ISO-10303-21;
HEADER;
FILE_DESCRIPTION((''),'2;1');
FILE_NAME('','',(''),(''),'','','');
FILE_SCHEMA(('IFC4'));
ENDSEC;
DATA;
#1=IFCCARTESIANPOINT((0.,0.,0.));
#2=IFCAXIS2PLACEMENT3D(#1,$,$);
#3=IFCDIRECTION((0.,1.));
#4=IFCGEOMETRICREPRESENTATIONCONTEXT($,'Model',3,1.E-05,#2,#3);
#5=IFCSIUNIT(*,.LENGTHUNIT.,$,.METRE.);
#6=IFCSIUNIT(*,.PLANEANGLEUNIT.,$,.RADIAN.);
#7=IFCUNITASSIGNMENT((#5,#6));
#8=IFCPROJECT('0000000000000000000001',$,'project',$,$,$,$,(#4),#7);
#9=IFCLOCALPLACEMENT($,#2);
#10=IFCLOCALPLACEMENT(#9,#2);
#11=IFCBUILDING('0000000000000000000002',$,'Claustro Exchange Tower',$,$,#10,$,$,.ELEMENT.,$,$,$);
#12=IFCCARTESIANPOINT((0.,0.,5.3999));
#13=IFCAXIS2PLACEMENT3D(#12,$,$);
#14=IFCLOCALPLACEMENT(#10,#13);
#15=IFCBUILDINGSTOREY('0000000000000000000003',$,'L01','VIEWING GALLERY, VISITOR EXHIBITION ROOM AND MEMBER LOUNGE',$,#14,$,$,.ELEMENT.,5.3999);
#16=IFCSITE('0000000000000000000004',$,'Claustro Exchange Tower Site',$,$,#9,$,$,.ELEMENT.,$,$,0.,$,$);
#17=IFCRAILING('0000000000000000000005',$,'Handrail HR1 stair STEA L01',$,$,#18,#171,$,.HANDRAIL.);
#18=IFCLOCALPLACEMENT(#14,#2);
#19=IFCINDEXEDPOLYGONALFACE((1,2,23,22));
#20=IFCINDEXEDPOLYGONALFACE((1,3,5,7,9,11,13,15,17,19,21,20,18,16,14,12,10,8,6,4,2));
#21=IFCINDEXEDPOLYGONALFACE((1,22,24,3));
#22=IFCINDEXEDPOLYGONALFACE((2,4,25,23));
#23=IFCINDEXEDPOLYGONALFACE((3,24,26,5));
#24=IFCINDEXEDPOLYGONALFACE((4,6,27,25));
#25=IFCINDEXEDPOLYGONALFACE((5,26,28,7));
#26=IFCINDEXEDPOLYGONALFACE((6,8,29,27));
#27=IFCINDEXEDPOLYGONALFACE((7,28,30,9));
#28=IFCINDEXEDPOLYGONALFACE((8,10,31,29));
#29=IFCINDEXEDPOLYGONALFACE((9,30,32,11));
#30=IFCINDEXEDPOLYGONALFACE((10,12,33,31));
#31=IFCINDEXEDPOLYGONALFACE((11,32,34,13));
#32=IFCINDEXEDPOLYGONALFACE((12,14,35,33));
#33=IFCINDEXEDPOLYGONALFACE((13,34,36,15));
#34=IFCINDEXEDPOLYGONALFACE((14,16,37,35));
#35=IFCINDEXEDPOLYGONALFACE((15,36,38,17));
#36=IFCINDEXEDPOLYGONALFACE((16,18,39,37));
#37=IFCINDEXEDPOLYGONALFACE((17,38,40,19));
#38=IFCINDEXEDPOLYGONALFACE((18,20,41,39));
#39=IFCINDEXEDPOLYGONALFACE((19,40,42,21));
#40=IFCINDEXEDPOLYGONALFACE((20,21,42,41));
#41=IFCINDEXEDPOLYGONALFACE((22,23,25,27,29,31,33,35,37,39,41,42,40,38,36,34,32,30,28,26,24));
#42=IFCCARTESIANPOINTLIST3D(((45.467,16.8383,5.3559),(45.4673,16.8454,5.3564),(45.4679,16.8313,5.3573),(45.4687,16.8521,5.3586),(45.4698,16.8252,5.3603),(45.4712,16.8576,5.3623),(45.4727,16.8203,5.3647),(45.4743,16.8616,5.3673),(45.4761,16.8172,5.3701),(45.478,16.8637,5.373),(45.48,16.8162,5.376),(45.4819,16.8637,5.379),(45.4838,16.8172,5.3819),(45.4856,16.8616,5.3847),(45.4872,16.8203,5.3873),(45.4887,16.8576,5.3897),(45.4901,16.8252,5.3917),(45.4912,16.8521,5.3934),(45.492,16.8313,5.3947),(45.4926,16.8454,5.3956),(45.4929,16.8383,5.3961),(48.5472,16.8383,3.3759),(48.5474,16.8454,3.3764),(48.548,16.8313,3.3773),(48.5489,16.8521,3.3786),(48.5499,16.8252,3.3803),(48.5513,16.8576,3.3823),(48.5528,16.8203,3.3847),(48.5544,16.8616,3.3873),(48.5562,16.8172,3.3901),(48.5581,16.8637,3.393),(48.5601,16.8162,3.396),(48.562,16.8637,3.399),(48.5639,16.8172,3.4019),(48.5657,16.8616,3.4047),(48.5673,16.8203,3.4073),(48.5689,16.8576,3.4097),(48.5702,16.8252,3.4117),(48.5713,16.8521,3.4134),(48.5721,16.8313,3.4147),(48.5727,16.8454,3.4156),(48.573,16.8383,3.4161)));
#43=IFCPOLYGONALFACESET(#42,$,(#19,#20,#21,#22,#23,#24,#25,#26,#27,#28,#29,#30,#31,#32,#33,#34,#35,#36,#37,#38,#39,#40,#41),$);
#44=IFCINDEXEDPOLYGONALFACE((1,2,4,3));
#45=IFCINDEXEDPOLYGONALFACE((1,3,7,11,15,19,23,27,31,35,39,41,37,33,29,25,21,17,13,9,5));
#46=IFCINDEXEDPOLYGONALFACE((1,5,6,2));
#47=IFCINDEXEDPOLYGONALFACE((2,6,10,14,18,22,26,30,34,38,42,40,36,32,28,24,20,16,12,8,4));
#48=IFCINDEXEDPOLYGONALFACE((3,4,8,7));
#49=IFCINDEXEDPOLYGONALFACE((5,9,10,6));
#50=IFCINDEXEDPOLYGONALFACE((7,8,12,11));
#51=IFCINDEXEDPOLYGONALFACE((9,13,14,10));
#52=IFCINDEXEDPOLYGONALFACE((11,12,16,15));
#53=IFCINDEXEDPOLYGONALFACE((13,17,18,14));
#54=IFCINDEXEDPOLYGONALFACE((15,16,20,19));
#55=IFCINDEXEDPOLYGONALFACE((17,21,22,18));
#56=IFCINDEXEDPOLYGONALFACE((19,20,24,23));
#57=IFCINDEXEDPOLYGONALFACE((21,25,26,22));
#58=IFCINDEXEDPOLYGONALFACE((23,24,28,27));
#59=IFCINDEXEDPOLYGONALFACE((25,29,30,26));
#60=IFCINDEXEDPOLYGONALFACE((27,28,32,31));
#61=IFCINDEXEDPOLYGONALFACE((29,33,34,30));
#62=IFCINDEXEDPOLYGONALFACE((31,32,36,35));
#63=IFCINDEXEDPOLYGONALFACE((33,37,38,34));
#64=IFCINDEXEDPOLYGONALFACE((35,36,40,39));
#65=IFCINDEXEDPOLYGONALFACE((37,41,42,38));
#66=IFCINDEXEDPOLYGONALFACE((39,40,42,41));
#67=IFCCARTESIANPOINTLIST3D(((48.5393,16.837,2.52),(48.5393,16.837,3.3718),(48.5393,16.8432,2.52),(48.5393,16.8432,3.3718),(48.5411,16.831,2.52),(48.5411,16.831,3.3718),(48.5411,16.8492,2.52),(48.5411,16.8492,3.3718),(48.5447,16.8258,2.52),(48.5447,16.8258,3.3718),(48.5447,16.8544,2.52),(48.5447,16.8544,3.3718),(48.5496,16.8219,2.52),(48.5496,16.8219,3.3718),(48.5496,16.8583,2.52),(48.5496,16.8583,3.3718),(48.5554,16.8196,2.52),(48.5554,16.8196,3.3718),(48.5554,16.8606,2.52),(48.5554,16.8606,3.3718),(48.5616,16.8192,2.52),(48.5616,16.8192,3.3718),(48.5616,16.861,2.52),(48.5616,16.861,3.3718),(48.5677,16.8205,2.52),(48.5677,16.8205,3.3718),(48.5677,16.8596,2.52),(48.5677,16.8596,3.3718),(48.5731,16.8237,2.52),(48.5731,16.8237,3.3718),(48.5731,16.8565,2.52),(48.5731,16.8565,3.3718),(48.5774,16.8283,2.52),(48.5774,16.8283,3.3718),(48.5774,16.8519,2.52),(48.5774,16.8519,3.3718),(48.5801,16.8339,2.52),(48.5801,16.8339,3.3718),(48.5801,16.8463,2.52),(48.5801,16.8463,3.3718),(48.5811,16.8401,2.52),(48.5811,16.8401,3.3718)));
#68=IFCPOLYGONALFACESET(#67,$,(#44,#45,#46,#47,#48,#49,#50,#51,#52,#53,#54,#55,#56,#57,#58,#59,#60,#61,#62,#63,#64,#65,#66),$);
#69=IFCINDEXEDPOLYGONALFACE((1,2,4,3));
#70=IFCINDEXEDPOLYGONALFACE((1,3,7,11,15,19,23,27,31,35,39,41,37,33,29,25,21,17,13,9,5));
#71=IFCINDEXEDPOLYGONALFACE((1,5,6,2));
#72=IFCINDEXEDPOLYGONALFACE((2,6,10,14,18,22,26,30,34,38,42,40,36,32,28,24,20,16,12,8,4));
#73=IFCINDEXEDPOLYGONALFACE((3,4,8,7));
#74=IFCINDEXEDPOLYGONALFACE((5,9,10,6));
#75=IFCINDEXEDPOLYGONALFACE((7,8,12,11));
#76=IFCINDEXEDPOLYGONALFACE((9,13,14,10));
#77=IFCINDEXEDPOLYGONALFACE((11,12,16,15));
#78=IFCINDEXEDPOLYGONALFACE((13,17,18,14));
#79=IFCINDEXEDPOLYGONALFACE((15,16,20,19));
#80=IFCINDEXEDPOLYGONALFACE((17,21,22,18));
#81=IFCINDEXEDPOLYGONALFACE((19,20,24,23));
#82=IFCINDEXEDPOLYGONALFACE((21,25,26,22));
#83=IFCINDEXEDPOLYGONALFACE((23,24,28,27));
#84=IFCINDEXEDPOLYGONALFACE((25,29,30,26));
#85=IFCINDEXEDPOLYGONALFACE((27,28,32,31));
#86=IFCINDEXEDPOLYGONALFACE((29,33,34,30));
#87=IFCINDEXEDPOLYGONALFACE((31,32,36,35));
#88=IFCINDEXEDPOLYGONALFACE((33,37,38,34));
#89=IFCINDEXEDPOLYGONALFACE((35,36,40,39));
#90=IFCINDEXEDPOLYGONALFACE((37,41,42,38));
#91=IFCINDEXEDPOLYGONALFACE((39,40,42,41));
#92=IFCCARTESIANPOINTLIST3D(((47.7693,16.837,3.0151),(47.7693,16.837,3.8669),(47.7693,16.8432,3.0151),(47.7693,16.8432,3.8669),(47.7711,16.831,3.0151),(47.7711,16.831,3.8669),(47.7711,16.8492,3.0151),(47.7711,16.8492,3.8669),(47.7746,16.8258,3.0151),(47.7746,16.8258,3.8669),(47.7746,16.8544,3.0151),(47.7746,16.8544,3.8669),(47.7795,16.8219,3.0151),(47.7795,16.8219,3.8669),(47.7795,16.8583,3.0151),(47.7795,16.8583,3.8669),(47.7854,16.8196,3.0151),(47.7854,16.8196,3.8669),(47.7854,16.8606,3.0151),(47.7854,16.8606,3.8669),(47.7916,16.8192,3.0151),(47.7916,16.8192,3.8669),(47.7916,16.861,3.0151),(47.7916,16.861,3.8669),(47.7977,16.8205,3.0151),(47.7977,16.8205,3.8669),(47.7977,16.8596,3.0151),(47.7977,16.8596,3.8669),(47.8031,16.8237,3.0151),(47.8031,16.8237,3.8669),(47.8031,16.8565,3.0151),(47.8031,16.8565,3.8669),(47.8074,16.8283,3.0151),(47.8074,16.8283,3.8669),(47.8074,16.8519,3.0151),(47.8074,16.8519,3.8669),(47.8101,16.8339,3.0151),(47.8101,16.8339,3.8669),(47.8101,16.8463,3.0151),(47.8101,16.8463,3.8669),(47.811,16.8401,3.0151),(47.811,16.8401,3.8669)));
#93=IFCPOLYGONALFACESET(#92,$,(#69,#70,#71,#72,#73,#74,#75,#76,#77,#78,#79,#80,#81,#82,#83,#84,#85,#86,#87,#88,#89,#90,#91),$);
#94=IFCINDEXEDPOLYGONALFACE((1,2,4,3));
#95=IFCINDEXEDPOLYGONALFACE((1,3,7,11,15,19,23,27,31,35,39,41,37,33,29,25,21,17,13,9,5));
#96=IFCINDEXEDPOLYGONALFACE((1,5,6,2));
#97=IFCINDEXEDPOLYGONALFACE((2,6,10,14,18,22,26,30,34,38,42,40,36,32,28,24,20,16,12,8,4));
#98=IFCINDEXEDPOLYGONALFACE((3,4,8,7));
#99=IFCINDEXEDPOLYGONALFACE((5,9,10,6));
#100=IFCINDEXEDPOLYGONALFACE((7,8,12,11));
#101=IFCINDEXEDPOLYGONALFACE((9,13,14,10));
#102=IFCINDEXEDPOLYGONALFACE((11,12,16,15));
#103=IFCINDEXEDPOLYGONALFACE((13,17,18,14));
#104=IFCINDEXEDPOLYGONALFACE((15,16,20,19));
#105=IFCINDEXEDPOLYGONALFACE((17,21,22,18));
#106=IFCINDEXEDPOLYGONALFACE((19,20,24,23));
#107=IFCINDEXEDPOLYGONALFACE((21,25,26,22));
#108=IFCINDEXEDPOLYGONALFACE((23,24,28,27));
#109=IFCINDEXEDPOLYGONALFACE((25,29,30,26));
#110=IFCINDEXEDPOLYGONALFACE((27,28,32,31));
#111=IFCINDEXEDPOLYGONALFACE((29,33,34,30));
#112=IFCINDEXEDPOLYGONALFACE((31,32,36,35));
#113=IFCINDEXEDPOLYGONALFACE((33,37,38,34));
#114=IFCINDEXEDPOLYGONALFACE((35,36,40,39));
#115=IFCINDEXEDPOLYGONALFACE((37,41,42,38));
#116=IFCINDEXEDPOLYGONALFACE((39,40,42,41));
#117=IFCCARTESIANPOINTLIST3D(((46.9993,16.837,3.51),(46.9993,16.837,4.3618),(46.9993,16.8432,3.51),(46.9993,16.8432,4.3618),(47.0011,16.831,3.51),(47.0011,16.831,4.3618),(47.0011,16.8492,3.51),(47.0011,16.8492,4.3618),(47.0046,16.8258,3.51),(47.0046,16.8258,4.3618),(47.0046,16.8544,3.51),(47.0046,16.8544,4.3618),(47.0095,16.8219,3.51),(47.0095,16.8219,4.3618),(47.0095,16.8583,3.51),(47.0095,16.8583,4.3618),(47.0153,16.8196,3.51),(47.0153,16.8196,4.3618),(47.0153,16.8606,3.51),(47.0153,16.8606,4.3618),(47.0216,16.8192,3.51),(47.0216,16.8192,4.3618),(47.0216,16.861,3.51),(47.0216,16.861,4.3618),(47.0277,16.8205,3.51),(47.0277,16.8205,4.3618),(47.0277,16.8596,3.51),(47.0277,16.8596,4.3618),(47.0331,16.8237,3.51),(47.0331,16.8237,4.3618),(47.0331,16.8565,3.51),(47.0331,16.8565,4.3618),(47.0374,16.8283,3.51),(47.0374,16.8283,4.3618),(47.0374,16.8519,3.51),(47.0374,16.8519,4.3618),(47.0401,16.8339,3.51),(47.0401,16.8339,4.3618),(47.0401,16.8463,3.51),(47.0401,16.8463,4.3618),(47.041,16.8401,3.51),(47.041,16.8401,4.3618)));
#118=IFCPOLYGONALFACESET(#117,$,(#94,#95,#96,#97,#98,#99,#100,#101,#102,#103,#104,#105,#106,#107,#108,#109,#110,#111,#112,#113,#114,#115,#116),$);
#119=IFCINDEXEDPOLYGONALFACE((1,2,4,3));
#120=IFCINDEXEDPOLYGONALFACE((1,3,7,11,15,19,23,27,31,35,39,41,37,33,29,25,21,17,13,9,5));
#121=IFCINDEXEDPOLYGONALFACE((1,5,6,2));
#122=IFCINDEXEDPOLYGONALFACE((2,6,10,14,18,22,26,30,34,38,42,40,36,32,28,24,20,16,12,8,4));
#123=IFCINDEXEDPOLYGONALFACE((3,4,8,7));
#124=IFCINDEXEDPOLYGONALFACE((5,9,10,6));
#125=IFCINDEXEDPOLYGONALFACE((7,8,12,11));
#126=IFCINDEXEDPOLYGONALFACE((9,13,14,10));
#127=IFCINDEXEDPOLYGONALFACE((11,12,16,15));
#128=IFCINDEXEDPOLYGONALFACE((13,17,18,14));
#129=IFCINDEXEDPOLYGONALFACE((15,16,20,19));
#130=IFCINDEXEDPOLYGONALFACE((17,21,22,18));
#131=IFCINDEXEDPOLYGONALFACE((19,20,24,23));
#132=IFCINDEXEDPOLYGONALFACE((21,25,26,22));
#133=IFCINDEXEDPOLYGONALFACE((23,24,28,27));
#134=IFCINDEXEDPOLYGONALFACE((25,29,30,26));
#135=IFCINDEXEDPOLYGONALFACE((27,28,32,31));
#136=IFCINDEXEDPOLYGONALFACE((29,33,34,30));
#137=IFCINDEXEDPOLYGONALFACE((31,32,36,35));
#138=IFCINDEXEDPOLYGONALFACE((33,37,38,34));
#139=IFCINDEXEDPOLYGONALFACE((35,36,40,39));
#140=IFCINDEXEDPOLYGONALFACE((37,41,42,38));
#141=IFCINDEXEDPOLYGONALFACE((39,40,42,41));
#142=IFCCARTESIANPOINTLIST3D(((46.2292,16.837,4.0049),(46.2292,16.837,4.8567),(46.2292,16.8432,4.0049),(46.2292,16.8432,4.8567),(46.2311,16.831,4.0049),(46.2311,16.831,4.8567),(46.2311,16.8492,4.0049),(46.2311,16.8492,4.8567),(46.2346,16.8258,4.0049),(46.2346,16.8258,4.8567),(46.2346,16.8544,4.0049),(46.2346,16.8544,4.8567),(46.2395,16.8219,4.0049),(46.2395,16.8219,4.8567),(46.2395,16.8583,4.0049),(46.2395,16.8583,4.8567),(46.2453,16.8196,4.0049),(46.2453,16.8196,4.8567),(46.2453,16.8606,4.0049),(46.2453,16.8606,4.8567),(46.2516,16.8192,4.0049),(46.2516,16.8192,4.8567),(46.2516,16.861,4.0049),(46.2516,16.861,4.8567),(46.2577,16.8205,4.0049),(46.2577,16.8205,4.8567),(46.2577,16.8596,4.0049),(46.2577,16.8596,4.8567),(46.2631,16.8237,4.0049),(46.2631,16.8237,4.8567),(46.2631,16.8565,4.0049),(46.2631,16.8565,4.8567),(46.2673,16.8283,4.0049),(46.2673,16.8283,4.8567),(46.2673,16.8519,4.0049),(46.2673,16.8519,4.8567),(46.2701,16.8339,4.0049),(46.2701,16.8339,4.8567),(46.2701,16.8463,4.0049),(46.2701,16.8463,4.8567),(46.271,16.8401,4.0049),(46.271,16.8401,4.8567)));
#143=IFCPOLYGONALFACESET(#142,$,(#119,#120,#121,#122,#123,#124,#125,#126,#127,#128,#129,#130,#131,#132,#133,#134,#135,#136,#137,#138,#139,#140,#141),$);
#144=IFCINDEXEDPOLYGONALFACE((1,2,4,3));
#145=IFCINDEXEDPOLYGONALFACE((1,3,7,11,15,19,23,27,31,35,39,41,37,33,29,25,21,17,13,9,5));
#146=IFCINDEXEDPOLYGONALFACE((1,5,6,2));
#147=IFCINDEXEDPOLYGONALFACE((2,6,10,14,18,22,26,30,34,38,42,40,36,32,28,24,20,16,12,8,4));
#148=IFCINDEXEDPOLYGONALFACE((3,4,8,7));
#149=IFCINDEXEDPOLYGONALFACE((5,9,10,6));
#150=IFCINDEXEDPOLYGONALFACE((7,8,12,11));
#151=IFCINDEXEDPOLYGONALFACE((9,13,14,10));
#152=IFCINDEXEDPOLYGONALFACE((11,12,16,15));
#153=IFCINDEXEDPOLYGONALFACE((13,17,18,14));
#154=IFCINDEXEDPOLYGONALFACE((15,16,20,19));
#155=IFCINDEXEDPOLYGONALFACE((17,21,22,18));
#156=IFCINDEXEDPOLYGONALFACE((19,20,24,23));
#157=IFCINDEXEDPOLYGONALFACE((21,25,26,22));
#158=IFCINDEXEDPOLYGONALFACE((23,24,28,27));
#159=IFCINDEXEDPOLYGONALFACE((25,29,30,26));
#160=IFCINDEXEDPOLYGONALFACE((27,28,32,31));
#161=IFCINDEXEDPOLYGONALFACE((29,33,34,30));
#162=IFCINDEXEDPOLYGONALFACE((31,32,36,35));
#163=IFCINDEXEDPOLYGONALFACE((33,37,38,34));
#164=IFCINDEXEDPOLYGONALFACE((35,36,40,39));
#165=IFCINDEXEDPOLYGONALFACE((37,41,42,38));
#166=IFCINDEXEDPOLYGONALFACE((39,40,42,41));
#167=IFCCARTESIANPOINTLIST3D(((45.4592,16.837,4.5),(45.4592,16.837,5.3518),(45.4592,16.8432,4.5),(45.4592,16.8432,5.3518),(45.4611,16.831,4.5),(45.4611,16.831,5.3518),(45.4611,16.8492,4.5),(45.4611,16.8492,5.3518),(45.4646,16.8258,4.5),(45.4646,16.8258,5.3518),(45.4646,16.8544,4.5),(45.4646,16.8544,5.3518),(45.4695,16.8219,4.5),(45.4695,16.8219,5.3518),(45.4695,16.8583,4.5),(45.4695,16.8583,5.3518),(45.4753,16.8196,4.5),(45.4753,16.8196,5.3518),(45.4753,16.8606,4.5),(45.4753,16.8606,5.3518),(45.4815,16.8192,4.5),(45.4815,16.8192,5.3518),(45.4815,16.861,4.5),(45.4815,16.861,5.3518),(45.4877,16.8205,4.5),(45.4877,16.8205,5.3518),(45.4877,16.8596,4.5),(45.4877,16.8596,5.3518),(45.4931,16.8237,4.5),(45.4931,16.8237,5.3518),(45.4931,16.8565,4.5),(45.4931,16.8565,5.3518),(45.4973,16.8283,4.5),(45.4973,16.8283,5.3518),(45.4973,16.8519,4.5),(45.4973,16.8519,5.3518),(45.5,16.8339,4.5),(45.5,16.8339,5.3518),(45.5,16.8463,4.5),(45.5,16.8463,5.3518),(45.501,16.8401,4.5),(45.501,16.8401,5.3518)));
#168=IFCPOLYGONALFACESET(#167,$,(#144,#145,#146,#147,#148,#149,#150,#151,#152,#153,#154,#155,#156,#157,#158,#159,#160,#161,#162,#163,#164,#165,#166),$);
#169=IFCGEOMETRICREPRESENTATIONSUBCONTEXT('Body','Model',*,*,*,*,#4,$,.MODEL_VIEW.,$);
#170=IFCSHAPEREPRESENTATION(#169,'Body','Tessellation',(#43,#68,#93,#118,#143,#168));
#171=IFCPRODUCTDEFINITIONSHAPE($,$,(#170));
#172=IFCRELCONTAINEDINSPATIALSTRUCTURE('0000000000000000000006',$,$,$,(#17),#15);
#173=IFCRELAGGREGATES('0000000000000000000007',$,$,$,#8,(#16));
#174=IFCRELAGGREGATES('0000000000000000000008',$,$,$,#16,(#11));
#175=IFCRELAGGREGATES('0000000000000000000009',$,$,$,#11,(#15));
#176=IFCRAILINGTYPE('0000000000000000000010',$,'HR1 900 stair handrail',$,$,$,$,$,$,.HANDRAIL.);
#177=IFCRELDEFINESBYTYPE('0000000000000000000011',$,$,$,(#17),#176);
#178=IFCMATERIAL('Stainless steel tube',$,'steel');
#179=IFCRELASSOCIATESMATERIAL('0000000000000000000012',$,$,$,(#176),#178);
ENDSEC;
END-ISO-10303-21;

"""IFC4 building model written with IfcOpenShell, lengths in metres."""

from ifc_helpers import new_model, si_unit, direction, frame, origin, origin_2d, place, context, subcontext, project, spatial, circle, extrude, material, type_object, element, save


model = new_model("IFC4")

# Units and contexts
model_context = context("Model", 3, precision=1e-05, world=origin(), true_north=direction((0.0, 1.0)))
body_context = subcontext(model_context, "Body", "Model", "MODEL_VIEW")
ifc_project = project(units=[si_unit("LENGTHUNIT", "METRE"), si_unit("PLANEANGLEUNIT", "RADIAN")], contexts=[model_context])

# Site, building, storey
site_placement = place(None, origin())
site = spatial("IfcSite", under=ifc_project, at=site_placement, Name="Claustro Exchange Tower Site", CompositionType="ELEMENT", RefElevation=0.0)
building_placement = place(site_placement, origin())
building = spatial("IfcBuilding", under=site, at=building_placement, Name="Claustro Exchange Tower", CompositionType="ELEMENT")
storey_placement = place(building_placement, frame((0.0, 0.0, 5.3999)))
storey = spatial("IfcBuildingStorey", under=building, at=storey_placement, Name="L01", Description="VIEWING GALLERY, VISITOR EXHIBITION ROOM AND MEMBER LOUNGE", CompositionType="ELEMENT", Elevation=5.3999)

# Railing
ifc_material_1 = material(Name="Stainless steel tube", Category="steel")
railing_type_1 = type_object("IfcRailingType", Name="HR1 900 stair handrail", PredefinedType="HANDRAIL", material=ifc_material_1)
railing_1_placement = place(storey_placement, frame((48.5601, 16.8401, 2.52)))
element("IfcRailing", 1, at=railing_1_placement, inside=storey, type_object=railing_type_1, Name="Handrail HR1 stair STEA L01", PredefinedType="HANDRAIL", context=body_context, shape_type="SweptSolid", body=[
    extrude(circle(Radius=0.0239, at=origin_2d()), frame((0.0, 0.0, 0.876), z_axis=(-0.841187, 0.0, 0.540744), x_axis=(0.0, -1.0, 0.0)), (0.0, 0.0, 1.0), 3.6616),
    extrude(circle(Radius=0.021, at=origin_2d()), origin(), (0.0, 0.0, 1.0), 0.8518),
    extrude(circle(Radius=0.021, at=origin_2d()), frame((-0.77, 0.0, 0.4951)), (0.0, 0.0, 1.0), 0.8518),
    extrude(circle(Radius=0.021, at=origin_2d()), frame((-1.54, 0.0, 0.99)), (0.0, 0.0, 1.0), 0.8518),
    extrude(circle(Radius=0.021, at=origin_2d()), frame((-2.3101, 0.0, 1.4849)), (0.0, 0.0, 1.0), 0.8518),
    extrude(circle(Radius=0.021, at=origin_2d()), frame((-3.0801, 0.0, 1.98)), (0.0, 0.0, 1.0), 0.8518),
])

save(model, "model.ifc")
